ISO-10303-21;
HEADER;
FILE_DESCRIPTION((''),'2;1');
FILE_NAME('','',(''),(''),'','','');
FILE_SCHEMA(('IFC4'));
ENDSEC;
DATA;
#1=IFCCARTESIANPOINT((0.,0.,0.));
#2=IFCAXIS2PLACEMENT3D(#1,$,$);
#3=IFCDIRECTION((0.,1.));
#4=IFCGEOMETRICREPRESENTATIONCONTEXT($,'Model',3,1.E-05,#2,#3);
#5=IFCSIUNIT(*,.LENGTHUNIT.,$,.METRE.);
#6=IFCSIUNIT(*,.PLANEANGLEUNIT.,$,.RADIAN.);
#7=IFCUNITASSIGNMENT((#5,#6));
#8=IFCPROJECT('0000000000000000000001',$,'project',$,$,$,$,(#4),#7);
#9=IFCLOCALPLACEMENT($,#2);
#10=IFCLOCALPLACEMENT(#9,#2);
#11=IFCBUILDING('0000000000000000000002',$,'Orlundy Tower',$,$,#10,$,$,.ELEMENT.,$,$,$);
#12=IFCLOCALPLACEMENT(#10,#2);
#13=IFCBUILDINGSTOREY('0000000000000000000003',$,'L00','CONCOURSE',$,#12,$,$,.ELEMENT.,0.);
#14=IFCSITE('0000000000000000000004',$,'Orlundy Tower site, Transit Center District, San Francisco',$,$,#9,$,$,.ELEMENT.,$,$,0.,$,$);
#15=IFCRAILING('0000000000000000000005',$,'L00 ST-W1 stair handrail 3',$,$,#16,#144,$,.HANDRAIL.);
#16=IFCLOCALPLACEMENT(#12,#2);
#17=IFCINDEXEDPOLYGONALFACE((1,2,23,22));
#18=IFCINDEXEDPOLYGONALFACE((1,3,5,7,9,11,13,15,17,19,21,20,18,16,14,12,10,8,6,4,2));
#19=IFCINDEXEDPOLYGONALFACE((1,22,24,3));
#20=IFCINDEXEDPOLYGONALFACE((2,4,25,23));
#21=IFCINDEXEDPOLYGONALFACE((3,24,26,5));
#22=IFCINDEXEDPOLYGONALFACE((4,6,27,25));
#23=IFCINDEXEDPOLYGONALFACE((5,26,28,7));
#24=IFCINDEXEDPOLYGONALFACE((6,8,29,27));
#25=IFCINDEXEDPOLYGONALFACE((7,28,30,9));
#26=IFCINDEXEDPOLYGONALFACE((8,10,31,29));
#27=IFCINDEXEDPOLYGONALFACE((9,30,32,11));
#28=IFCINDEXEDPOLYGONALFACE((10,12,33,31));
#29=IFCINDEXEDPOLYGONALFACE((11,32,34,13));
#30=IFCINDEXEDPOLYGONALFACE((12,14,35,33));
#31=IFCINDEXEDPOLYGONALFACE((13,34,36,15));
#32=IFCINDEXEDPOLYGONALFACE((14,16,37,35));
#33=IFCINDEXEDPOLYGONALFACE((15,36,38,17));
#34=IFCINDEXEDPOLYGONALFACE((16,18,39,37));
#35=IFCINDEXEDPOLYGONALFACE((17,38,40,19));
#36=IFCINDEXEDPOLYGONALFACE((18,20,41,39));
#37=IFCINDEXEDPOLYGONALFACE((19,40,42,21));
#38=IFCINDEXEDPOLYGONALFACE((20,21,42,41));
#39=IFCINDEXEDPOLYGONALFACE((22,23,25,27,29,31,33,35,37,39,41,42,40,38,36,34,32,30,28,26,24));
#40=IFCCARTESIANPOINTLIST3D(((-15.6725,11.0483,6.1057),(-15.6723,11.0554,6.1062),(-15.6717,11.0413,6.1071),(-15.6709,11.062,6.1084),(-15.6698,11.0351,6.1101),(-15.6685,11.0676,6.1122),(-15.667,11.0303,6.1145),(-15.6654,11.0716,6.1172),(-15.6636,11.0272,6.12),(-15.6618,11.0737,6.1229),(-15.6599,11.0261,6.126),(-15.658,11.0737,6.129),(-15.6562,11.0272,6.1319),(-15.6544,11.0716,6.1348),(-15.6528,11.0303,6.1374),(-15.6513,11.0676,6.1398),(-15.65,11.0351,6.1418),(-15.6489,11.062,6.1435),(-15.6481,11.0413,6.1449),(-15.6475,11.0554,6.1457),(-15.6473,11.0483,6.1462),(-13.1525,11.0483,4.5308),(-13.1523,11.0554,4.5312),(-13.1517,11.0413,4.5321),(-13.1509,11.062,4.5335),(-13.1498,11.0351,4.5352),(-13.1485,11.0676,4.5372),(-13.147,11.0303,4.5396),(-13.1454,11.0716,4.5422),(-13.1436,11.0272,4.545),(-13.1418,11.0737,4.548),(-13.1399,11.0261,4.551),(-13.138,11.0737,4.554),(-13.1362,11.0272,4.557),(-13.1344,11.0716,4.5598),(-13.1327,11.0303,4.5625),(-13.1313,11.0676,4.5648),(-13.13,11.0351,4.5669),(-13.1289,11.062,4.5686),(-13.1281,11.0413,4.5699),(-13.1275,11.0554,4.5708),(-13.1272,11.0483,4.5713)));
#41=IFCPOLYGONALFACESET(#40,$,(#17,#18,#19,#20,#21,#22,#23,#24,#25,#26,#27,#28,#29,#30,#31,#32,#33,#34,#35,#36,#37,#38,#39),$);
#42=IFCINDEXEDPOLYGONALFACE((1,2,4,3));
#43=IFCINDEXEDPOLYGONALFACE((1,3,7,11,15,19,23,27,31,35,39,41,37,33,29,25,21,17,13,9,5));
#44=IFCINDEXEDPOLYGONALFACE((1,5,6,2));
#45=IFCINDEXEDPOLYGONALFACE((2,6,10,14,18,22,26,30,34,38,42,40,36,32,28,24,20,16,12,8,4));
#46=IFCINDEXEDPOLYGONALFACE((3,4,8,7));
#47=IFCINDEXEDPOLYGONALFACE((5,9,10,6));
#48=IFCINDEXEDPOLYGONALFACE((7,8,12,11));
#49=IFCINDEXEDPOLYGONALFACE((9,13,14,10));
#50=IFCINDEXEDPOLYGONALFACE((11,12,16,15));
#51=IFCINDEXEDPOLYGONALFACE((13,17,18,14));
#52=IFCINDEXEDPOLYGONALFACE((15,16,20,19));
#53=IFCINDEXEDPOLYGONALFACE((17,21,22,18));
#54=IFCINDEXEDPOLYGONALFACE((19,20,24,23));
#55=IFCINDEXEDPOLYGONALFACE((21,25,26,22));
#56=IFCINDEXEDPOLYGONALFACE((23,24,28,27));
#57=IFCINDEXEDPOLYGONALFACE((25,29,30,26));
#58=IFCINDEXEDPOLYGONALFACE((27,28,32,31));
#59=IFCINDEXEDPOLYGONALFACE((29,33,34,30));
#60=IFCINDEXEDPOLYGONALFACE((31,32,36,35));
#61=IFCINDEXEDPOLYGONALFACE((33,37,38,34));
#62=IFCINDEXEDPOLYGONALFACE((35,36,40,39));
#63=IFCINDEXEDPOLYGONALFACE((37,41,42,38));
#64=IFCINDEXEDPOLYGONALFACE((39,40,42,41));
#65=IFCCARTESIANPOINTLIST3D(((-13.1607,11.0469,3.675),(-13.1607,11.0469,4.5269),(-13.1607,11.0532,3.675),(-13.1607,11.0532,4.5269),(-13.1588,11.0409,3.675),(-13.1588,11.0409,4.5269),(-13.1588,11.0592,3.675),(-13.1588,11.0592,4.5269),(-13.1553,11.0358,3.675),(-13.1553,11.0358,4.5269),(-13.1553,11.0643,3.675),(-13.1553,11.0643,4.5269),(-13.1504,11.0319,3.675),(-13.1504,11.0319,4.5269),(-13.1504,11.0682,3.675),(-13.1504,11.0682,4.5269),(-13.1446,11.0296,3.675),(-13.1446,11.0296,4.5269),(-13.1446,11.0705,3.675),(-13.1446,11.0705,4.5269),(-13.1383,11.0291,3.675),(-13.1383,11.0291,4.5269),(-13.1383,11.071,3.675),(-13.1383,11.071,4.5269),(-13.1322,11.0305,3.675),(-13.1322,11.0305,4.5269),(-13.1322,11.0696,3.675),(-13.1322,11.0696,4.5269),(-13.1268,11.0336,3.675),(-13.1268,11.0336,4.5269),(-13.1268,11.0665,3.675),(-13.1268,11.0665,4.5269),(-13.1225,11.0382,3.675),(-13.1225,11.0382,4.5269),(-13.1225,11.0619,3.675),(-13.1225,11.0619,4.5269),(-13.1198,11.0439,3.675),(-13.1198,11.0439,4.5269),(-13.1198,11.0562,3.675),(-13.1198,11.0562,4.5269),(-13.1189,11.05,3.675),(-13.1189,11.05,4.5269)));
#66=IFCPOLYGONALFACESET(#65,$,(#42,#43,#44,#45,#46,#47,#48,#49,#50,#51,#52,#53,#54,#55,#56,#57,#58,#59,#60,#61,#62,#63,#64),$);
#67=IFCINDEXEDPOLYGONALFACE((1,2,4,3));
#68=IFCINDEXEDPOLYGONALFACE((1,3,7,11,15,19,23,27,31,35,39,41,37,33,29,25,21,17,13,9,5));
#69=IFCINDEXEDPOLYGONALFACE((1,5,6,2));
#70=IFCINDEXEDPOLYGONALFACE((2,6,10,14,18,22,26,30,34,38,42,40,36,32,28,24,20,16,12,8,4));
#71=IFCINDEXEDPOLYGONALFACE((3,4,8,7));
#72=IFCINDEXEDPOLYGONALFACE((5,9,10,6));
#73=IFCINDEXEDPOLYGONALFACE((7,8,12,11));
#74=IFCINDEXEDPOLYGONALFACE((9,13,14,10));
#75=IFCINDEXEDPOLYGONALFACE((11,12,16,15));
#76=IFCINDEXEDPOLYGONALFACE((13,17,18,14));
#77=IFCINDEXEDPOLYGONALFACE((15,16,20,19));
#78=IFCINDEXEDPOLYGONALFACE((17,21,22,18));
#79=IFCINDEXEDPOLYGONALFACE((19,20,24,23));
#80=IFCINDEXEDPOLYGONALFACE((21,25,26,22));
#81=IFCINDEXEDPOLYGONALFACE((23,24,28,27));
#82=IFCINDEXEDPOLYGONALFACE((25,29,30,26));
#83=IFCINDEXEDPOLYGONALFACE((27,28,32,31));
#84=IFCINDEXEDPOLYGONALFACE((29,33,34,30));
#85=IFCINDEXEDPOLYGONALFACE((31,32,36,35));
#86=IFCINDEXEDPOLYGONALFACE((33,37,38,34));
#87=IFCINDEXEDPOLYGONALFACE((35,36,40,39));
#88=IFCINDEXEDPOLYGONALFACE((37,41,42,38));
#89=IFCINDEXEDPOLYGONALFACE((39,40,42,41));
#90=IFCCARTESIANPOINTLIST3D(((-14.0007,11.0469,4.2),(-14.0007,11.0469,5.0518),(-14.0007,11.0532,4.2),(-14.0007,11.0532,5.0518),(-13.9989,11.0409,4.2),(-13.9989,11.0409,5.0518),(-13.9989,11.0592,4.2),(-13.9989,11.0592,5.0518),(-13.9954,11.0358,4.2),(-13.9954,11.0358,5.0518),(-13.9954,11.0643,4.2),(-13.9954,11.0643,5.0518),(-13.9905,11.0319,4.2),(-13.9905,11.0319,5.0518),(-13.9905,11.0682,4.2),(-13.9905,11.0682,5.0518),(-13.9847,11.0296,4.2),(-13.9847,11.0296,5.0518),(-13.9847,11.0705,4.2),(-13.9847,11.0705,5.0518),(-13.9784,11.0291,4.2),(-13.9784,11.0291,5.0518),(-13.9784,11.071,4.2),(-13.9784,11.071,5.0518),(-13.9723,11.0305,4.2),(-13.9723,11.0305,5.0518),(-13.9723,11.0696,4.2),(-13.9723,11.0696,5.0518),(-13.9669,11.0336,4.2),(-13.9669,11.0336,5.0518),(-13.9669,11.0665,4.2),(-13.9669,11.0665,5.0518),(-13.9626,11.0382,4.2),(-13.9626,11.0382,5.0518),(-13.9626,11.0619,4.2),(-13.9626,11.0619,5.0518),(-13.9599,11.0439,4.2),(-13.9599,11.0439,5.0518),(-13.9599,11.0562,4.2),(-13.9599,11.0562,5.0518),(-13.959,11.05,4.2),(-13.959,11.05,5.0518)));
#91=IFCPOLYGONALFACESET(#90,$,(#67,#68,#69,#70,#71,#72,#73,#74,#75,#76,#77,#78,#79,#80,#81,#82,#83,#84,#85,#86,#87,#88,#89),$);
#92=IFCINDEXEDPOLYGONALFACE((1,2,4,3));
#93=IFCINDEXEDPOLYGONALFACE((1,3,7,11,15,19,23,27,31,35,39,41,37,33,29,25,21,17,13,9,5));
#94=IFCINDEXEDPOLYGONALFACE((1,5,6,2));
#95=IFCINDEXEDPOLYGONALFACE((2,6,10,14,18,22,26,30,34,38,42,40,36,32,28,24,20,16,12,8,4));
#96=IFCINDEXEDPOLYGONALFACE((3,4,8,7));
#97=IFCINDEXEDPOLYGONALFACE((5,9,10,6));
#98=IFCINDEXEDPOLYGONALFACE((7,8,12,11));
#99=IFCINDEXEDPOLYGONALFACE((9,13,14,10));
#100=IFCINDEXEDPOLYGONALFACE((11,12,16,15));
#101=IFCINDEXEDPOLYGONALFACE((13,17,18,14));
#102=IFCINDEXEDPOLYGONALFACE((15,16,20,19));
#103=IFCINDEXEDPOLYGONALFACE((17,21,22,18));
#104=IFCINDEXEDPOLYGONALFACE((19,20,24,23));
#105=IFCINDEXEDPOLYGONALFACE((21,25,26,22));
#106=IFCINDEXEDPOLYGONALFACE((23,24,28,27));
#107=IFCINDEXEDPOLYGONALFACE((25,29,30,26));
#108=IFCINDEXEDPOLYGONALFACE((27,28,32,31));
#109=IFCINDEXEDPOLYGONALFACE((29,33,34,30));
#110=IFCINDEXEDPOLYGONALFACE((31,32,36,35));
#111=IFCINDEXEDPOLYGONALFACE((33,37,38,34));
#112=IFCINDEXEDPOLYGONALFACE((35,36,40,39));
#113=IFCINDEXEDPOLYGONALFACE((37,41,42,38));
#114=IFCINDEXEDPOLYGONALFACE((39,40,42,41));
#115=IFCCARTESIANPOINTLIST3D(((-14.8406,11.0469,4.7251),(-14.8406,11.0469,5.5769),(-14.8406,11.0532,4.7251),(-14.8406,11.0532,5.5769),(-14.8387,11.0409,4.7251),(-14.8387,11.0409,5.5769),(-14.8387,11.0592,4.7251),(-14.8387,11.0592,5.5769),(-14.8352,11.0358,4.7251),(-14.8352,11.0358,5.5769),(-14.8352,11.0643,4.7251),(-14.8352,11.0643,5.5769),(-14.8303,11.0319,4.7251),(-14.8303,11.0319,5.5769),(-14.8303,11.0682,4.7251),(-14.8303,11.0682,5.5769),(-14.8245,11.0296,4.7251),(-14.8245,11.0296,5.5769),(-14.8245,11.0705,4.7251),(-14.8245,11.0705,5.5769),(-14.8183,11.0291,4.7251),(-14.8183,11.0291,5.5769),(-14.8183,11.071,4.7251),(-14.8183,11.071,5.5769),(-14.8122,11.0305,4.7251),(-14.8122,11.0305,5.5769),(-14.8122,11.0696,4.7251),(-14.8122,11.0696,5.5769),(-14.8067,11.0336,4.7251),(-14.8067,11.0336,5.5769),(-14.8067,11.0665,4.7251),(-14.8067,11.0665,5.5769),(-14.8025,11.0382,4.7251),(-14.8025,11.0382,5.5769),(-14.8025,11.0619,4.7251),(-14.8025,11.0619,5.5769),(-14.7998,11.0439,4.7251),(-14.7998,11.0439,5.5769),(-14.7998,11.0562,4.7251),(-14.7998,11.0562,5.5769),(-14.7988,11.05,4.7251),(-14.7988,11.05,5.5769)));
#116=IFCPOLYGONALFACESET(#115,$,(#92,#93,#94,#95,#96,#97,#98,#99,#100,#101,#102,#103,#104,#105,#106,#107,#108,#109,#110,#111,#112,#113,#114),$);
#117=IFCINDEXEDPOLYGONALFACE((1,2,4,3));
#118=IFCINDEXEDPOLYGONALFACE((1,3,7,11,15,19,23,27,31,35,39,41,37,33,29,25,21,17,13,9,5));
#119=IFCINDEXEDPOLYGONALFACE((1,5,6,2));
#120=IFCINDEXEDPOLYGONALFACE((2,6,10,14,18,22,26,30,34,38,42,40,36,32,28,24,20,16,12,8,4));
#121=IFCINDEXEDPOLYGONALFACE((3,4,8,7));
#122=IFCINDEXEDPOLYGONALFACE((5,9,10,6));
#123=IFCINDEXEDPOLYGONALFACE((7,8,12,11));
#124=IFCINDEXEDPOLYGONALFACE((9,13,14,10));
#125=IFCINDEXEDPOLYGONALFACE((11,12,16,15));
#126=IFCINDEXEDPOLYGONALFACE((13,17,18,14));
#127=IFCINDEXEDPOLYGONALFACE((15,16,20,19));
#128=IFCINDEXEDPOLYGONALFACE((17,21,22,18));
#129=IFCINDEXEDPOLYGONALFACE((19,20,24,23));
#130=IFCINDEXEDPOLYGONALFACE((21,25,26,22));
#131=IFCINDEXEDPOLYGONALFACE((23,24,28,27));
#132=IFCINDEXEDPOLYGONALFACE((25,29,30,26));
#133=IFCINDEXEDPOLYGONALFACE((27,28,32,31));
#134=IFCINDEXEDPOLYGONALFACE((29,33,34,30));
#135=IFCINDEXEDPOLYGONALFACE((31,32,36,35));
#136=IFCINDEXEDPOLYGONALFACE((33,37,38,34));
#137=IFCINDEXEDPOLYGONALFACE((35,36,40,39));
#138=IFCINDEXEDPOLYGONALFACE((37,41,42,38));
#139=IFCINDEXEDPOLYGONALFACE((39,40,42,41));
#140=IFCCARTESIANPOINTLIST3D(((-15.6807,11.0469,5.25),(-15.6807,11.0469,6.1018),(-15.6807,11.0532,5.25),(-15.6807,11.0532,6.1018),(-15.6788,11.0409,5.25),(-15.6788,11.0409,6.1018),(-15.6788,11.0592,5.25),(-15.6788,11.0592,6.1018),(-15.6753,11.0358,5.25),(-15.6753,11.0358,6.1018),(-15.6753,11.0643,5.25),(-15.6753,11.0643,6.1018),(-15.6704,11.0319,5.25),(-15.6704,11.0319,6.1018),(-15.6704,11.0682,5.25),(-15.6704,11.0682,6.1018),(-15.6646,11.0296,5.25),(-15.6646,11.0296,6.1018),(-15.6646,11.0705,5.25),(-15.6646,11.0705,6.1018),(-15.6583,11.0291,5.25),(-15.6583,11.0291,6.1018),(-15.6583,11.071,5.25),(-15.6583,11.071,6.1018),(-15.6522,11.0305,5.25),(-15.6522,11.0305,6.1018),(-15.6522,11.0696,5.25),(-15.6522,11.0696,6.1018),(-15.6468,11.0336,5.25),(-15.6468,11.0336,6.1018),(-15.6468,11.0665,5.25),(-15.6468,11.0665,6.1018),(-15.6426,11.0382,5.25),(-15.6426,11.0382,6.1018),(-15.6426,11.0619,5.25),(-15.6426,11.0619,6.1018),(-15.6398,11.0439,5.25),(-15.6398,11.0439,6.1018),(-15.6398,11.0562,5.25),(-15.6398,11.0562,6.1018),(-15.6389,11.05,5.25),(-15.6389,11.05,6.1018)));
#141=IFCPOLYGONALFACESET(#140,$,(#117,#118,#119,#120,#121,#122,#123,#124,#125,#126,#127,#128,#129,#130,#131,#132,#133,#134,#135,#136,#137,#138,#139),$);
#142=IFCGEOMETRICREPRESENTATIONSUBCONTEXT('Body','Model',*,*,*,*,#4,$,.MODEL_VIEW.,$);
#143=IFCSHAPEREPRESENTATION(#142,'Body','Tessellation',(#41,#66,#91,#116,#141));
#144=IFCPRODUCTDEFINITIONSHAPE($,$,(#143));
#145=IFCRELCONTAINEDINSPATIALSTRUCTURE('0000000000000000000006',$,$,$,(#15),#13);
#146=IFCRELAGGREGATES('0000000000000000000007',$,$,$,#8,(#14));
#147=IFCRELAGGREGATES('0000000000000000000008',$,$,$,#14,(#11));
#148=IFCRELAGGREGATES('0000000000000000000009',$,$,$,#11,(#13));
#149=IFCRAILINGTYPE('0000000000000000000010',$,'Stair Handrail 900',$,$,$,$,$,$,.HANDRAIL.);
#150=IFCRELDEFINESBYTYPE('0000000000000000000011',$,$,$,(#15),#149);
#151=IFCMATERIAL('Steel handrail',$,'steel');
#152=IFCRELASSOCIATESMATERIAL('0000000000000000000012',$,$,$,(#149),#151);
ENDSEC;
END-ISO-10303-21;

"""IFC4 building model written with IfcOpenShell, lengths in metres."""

from ifc_helpers import new_model, si_unit, direction, frame, origin, origin_2d, place, context, subcontext, project, spatial, circle, extrude, material, type_object, element, save


model = new_model("IFC4")

# Units and contexts
model_context = context("Model", 3, precision=1e-05, world=origin(), true_north=direction((0.0, 1.0)))
body_context = subcontext(model_context, "Body", "Model", "MODEL_VIEW")
ifc_project = project(units=[si_unit("LENGTHUNIT", "METRE"), si_unit("PLANEANGLEUNIT", "RADIAN")], contexts=[model_context])

# Site, building, storey
site_placement = place(None, origin())
site = spatial("IfcSite", under=ifc_project, at=site_placement, Name="Orlundy Tower site, Transit Center District, San Francisco", CompositionType="ELEMENT", RefElevation=0.0)
building_placement = place(site_placement, origin())
building = spatial("IfcBuilding", under=site, at=building_placement, Name="Orlundy Tower", CompositionType="ELEMENT")
storey_placement = place(building_placement, origin())
storey = spatial("IfcBuildingStorey", under=building, at=storey_placement, Name="L00", Description="CONCOURSE", CompositionType="ELEMENT", Elevation=0.0)

# Railing
ifc_material_1 = material(Name="Steel handrail", Category="steel")
railing_type_1 = type_object("IfcRailingType", Name="Stair Handrail 900", PredefinedType="HANDRAIL", material=ifc_material_1)
for number, where, name in (
    (1, (-13.1399, 11.05, 3.675), "L00 ST-W1 stair handrail 3"),
):
    element("IfcRailing", number, at=place(storey_placement, frame(where)), inside=storey, type_object=railing_type_1, Name=name, PredefinedType="HANDRAIL", context=body_context, shape_type="SweptSolid", body=[
        extrude(circle(Radius=0.0239, at=origin_2d()), frame((0.0, 0.0, 0.876), z_axis=(-0.848008, 0.0, 0.529984), x_axis=(0.0, -1.0, 0.0)), (0.0, 0.0, 1.0), 2.9717),
        extrude(circle(Radius=0.021, at=origin_2d()), origin(), (0.0, 0.0, 1.0), 0.8518),
        extrude(circle(Radius=0.021, at=origin_2d()), frame((-0.8401, 0.0, 0.5249)), (0.0, 0.0, 1.0), 0.8518),
        extrude(circle(Radius=0.021, at=origin_2d()), frame((-1.6799, 0.0, 1.05)), (0.0, 0.0, 1.0), 0.8518),
        extrude(circle(Radius=0.021, at=origin_2d()), frame((-2.52, 0.0, 1.575)), (0.0, 0.0, 1.0), 0.8518),
    ])

save(model, "model.ifc")
